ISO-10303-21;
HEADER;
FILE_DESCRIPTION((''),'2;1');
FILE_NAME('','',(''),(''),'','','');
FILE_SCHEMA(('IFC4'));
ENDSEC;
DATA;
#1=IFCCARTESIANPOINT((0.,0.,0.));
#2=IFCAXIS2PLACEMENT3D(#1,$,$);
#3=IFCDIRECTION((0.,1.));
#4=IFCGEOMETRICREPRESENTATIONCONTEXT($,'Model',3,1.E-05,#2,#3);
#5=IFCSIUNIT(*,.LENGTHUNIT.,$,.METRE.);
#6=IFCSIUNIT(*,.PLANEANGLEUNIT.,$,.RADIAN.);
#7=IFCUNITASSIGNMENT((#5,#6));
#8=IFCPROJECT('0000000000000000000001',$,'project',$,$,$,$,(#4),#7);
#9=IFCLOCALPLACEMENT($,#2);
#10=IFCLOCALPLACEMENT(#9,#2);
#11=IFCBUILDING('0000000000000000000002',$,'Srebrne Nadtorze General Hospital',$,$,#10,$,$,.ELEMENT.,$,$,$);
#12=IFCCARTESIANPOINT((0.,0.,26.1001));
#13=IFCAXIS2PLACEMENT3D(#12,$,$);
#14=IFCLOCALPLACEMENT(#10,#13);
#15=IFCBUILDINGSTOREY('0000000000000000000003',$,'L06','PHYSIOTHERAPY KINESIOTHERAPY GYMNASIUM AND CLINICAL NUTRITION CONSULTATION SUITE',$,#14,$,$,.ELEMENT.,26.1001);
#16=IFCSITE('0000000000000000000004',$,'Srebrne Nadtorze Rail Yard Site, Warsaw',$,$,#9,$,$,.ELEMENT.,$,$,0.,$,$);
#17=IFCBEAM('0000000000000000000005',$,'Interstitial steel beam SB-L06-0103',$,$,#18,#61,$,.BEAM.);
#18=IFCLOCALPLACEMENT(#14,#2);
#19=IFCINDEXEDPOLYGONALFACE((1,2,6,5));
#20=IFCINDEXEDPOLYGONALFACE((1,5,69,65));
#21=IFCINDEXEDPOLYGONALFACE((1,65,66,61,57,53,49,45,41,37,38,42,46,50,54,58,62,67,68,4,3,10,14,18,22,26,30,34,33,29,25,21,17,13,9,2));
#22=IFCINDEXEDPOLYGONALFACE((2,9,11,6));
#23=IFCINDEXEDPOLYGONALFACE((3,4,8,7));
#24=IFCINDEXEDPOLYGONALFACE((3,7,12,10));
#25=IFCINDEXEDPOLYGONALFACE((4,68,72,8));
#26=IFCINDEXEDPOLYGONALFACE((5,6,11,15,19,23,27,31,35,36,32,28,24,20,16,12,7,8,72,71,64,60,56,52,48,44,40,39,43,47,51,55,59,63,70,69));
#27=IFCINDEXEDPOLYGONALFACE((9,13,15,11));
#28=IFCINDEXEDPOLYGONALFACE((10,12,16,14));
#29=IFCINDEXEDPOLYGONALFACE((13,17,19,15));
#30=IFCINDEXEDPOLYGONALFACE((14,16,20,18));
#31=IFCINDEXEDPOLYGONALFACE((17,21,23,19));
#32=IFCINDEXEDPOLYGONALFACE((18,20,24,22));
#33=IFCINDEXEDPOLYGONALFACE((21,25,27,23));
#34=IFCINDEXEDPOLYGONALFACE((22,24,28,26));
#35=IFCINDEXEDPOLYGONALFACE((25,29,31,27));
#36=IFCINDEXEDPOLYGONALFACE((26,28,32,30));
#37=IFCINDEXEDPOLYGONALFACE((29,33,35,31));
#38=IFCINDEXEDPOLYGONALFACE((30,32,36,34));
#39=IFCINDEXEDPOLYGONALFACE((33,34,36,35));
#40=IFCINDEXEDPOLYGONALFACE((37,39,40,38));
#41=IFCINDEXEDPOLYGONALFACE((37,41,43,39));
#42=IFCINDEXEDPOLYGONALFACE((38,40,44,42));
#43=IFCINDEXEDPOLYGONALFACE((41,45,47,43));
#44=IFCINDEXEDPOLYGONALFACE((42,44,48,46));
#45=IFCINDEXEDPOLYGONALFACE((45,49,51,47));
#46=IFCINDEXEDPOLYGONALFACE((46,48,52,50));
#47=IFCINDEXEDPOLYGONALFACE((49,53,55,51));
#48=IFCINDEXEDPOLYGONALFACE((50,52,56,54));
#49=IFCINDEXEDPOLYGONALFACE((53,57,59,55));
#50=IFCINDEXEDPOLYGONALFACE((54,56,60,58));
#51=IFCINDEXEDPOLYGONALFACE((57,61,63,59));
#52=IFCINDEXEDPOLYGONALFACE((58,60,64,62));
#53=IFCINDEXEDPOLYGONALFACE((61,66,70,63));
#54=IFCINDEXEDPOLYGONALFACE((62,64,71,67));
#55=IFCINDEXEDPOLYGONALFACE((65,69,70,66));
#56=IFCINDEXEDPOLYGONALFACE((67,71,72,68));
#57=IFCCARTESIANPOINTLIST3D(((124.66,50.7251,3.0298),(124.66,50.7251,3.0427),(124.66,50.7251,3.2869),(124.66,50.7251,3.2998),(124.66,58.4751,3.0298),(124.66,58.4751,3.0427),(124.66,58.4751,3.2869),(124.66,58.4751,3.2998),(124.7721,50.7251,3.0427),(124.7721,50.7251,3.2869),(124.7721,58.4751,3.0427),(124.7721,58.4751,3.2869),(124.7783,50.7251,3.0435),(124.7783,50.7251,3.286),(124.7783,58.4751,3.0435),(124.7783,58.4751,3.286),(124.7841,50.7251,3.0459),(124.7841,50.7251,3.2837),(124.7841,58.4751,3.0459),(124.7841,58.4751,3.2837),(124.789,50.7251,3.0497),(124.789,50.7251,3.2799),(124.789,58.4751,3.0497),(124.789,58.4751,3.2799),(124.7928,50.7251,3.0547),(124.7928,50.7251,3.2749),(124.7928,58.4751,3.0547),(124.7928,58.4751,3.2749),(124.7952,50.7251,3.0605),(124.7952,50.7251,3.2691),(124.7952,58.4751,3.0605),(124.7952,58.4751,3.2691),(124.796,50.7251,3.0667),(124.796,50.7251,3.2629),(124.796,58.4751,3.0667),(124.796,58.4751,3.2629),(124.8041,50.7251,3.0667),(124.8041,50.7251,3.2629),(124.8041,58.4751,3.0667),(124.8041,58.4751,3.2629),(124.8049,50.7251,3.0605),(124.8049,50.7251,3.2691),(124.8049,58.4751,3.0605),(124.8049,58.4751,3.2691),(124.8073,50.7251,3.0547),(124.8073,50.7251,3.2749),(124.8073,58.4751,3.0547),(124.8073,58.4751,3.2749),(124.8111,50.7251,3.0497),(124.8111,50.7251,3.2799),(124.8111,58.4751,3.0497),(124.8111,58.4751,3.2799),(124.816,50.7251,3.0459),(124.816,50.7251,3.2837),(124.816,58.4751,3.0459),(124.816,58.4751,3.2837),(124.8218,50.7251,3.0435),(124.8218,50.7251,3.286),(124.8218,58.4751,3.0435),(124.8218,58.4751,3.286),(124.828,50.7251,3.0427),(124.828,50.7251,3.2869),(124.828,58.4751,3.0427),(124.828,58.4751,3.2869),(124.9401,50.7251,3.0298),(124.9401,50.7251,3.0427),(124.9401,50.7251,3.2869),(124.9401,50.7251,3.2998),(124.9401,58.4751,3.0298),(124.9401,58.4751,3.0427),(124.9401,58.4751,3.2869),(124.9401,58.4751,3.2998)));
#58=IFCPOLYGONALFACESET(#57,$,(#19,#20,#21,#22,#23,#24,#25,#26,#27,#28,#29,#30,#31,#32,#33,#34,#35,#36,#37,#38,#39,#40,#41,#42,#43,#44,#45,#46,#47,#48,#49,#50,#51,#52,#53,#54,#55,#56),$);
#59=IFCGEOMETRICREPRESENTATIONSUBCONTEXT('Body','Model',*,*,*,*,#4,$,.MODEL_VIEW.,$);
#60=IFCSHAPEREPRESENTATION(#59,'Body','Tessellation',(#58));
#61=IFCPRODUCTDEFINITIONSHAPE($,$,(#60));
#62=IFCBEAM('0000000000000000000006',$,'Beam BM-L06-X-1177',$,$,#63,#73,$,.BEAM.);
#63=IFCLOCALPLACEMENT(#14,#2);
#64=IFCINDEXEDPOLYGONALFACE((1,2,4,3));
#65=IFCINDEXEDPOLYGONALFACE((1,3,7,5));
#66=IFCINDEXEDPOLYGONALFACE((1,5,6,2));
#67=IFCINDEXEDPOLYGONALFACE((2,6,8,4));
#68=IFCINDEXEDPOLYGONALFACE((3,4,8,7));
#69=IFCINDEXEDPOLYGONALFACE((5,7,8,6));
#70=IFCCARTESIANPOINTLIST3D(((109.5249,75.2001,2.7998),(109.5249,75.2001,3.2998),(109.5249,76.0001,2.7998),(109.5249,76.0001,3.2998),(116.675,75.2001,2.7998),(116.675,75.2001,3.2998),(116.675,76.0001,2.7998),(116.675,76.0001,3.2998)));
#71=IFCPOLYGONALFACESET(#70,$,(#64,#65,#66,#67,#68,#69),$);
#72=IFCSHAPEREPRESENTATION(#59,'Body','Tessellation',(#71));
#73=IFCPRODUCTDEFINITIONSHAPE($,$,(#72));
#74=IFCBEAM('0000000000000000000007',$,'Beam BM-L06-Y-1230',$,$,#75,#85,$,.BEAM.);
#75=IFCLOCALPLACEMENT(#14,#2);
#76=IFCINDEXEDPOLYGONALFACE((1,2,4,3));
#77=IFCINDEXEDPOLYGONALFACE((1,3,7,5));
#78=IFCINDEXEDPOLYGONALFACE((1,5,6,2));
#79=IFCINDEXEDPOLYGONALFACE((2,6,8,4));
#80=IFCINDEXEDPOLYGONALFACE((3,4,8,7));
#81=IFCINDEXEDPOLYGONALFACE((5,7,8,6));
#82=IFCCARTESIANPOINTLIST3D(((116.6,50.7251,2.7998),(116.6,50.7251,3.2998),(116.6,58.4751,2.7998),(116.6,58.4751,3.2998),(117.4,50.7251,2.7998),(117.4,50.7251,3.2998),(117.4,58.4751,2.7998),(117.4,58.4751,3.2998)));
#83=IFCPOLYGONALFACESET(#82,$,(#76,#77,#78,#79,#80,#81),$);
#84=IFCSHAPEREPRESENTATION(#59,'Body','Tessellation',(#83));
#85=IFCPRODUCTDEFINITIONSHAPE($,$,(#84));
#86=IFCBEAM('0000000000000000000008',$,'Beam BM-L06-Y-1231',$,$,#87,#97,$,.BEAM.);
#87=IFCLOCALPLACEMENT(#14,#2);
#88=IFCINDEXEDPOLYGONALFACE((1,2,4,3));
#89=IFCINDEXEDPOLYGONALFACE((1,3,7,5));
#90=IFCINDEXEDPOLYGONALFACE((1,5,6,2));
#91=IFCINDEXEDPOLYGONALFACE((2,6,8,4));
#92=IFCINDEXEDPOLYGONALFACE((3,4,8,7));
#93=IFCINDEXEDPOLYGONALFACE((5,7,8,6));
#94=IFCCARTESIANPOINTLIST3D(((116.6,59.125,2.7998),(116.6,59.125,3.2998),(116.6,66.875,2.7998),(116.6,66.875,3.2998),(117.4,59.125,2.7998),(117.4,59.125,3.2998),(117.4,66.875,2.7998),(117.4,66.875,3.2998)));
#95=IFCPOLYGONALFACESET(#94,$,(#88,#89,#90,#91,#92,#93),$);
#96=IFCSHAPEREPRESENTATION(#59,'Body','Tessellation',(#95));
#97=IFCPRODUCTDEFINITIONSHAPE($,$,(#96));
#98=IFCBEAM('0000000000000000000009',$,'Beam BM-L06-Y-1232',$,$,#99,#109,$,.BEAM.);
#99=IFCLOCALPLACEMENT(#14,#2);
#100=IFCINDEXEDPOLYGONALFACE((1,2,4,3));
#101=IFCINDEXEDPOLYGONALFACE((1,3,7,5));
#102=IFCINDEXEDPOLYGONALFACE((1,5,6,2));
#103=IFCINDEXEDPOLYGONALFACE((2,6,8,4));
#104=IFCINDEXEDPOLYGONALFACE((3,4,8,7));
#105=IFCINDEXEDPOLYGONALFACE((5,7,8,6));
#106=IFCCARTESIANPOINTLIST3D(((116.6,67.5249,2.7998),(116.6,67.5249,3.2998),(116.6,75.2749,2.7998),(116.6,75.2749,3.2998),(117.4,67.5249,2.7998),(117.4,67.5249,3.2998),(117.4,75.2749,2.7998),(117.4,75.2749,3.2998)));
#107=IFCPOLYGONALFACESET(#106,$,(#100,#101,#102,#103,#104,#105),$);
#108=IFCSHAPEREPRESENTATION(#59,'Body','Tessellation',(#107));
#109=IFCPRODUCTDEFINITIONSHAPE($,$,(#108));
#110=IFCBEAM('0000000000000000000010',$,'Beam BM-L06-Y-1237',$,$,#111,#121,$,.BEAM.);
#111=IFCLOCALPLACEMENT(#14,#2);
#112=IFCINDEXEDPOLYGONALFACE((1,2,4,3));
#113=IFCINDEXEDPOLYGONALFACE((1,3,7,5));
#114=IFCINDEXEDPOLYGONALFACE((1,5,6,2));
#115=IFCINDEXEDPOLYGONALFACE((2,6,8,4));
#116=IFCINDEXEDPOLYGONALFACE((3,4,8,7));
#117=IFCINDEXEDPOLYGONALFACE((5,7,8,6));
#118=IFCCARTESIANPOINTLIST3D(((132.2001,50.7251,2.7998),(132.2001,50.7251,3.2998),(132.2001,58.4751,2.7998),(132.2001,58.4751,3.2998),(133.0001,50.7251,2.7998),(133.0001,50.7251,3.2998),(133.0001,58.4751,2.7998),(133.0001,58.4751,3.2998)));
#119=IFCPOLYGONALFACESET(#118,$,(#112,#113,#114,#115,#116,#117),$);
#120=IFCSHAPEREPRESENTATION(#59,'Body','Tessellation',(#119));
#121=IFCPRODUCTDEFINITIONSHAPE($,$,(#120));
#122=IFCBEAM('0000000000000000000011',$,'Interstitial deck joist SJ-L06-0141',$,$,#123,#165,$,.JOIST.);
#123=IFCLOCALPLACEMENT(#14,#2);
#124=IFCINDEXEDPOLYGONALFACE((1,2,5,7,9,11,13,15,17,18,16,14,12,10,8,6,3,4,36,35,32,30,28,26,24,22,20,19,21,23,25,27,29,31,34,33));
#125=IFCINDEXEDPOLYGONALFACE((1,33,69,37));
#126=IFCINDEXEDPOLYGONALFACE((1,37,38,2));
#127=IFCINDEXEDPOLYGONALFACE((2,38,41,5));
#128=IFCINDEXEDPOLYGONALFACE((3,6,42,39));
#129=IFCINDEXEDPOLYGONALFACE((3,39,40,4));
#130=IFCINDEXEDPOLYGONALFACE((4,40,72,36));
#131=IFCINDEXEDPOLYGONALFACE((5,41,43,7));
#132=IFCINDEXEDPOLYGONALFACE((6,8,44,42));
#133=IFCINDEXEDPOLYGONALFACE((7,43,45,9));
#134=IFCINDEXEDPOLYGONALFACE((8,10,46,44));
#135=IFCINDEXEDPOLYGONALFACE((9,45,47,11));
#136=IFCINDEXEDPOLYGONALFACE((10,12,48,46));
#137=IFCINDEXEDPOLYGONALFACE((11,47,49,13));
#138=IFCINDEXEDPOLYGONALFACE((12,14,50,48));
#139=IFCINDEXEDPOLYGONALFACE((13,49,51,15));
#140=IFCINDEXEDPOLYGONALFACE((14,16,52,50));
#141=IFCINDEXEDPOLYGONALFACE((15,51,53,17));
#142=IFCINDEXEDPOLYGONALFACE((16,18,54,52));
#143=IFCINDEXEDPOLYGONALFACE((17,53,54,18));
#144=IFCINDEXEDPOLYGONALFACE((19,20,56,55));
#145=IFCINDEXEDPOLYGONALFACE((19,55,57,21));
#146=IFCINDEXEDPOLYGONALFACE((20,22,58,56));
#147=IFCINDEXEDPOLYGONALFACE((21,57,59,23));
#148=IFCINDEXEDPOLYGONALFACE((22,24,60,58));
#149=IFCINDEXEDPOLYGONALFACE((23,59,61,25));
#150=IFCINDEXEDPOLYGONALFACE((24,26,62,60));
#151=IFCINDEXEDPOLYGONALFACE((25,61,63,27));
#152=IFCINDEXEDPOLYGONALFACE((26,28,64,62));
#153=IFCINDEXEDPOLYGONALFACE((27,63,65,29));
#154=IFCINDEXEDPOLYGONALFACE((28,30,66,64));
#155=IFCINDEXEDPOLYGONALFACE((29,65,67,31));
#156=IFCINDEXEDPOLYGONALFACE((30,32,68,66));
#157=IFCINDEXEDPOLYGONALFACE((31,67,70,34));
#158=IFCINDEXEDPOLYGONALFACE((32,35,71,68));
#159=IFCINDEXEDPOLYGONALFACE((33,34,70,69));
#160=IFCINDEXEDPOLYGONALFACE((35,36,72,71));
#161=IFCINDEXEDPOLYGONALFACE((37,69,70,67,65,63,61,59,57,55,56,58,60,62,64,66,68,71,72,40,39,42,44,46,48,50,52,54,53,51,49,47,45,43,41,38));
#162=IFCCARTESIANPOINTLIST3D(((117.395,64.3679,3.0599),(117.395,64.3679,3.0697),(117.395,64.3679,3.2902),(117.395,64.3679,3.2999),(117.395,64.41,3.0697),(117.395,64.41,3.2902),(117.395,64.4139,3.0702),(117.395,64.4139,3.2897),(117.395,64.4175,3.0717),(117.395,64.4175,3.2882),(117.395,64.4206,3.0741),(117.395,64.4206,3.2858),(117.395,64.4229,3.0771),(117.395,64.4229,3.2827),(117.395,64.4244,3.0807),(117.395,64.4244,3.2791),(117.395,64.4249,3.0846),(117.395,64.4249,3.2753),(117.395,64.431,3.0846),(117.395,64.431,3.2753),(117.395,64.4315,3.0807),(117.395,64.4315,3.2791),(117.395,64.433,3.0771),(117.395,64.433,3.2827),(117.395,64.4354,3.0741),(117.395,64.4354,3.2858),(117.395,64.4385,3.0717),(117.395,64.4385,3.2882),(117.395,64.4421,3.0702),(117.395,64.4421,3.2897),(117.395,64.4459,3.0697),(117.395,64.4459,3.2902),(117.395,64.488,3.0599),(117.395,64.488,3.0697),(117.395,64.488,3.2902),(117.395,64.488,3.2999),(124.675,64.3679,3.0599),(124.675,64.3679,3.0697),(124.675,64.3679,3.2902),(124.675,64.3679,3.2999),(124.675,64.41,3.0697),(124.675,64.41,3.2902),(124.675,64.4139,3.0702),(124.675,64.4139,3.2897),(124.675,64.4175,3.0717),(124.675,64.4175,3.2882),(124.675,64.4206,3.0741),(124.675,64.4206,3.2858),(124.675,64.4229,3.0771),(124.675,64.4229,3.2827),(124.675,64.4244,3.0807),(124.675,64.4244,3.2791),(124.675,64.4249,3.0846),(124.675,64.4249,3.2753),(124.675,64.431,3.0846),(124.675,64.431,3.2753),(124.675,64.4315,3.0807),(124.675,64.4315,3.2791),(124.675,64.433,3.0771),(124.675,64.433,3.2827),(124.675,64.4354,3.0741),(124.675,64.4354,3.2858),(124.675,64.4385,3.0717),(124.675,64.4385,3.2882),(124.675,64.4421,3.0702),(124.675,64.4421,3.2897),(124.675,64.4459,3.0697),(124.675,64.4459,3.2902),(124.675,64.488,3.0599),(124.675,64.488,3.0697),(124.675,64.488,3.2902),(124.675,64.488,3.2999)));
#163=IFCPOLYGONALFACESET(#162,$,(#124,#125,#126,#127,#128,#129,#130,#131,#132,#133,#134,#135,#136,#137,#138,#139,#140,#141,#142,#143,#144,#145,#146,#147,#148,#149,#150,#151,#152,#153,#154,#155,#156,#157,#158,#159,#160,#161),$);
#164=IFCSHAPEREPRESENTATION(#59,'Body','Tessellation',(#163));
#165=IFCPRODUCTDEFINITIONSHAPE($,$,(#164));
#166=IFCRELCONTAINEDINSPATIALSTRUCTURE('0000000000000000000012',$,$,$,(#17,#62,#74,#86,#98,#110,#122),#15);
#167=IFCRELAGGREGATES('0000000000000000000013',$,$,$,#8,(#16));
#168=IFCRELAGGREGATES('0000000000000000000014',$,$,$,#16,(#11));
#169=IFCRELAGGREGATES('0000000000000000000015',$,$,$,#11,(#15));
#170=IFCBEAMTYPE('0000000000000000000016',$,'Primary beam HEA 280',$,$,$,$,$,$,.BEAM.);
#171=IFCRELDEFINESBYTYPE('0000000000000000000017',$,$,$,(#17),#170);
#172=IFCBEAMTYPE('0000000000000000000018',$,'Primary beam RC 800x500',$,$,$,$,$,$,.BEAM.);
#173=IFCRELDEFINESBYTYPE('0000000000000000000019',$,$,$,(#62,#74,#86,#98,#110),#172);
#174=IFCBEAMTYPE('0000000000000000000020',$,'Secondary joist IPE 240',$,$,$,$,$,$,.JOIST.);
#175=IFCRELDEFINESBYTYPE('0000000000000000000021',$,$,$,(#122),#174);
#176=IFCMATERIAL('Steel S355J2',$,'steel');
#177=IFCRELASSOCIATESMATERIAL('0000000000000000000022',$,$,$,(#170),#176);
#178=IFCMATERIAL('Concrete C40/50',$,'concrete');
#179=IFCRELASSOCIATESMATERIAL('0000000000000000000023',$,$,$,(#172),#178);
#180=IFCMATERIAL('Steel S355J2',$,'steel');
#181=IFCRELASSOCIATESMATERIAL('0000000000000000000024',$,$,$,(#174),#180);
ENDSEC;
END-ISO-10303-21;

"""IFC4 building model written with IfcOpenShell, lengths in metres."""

from ifc_helpers import new_model, si_unit, direction, frame, origin, origin_2d, place, context, subcontext, project, spatial, rectangle, i_section, extrude, material, material_profile, profile_set, type_object, element, save


model = new_model("IFC4")

# Units and contexts
model_context = context("Model", 3, precision=1e-05, world=origin(), true_north=direction((0.0, 1.0)))
body_context = subcontext(model_context, "Body", "Model", "MODEL_VIEW")
ifc_project = project(units=[si_unit("LENGTHUNIT", "METRE"), si_unit("PLANEANGLEUNIT", "RADIAN")], contexts=[model_context])

# Site, building, storey
site_placement = place(None, origin())
site = spatial("IfcSite", under=ifc_project, at=site_placement, Name="Srebrne Nadtorze Rail Yard Site, Warsaw", CompositionType="ELEMENT", RefElevation=0.0)
building_placement = place(site_placement, origin())
building = spatial("IfcBuilding", under=site, at=building_placement, Name="Srebrne Nadtorze General Hospital", CompositionType="ELEMENT")
storey_placement = place(building_placement, frame((0.0, 0.0, 26.1001)))
storey = spatial("IfcBuildingStorey", under=building, at=storey_placement, Name="L06", Description="PHYSIOTHERAPY KINESIOTHERAPY GYMNASIUM AND CLINICAL NUTRITION CONSULTATION SUITE", CompositionType="ELEMENT", Elevation=26.1001)

# Beams
ifc_material_1 = material(Name="Steel S355J2", Category="steel")
ifc_material_profile_1 = material_profile(ifc_material_1, i_section(OverallWidth=0.28, OverallDepth=0.27, WebThickness=0.0081, FlangeThickness=0.0129, FilletRadius=0.0239, at=origin_2d()), Name="HEA-280")
ifc_profile_set_1 = profile_set([ifc_material_profile_1], Name="Steel S355J2")
beam_type_1 = type_object("IfcBeamType", Name="Primary beam HEA 280", PredefinedType="BEAM", material=ifc_profile_set_1)
beam_1_placement = place(storey_placement, frame((124.8, 50.7251, 3.1648), z_axis=(0.0, 1.0, 0.0), x_axis=(-1.0, 0.0, 0.0)))
element("IfcBeam", 1, at=beam_1_placement, inside=storey, type_object=beam_type_1, Name="Interstitial steel beam SB-L06-0103", PredefinedType="BEAM", context=body_context, shape_type="SweptSolid", body=[
    extrude(i_section(OverallWidth=0.28, OverallDepth=0.27, WebThickness=0.0081, FlangeThickness=0.0129, FilletRadius=0.0239, at=origin_2d()), origin(), (0.0, 0.0, 1.0), 7.75),
])
ifc_material_2 = material(Name="Concrete C40/50", Category="concrete")
ifc_material_profile_2 = material_profile(ifc_material_2, rectangle(XDim=0.8, YDim=0.5, at=origin_2d()), Name="RC-BM-800x500")
ifc_profile_set_2 = profile_set([ifc_material_profile_2], Name="Concrete C40/50")
beam_type_2 = type_object("IfcBeamType", Name="Primary beam RC 800x500", PredefinedType="BEAM", material=ifc_profile_set_2)
beam_2_placement = place(storey_placement, frame((109.5249, 75.6001, 3.0498), z_axis=(1.0, 0.0, 0.0), x_axis=(0.0, 1.0, 0.0)))
element("IfcBeam", 2, at=beam_2_placement, inside=storey, type_object=beam_type_2, Name="Beam BM-L06-X-1177", PredefinedType="BEAM", context=body_context, shape_type="SweptSolid", body=[
    extrude(rectangle(XDim=0.8, YDim=0.5, at=origin_2d()), origin(), (0.0, 0.0, 1.0), 7.1501),
])
for number, where, z_axis, x_axis, name in (
    (3, (117.0, 50.7251, 3.0498), (0.0, 1.0, 0.0), (-1.0, 0.0, 0.0), "Beam BM-L06-Y-1230"),
    (4, (117.0, 59.125, 3.0498), (0.0, 1.0, 0.0), (-1.0, 0.0, 0.0), "Beam BM-L06-Y-1231"),
    (5, (117.0, 67.5249, 3.0498), (0.0, 1.0, 0.0), (-1.0, 0.0, 0.0), "Beam BM-L06-Y-1232"),
    (6, (132.6001, 50.7251, 3.0498), (0.0, 1.0, 0.0), (-1.0, 0.0, 0.0), "Beam BM-L06-Y-1237"),
):
    element("IfcBeam", number, at=place(storey_placement, frame(where, z_axis=z_axis, x_axis=x_axis)), inside=storey, type_object=beam_type_2, Name=name, PredefinedType="BEAM", context=body_context, shape_type="SweptSolid", body=[
        extrude(rectangle(XDim=0.8, YDim=0.5, at=origin_2d()), origin(), (0.0, 0.0, 1.0), 7.75),
    ])
ifc_material_3 = material(Name="Steel S355J2", Category="steel")
ifc_material_profile_3 = material_profile(ifc_material_3, i_section(OverallWidth=0.1201, OverallDepth=0.24, WebThickness=0.0061, FlangeThickness=0.0098, FilletRadius=0.0149, at=origin_2d()), Name="IPE-240")
ifc_profile_set_3 = profile_set([ifc_material_profile_3], Name="Steel S355J2")
beam_type_3 = type_object("IfcBeamType", Name="Secondary joist IPE 240", PredefinedType="JOIST", material=ifc_profile_set_3)
beam_3_placement = place(storey_placement, frame((117.395, 64.428, 3.1799), z_axis=(1.0, 0.0, 0.0), x_axis=(0.0, 1.0, 0.0)))
element("IfcBeam", 7, at=beam_3_placement, inside=storey, type_object=beam_type_3, Name="Interstitial deck joist SJ-L06-0141", PredefinedType="JOIST", context=body_context, shape_type="SweptSolid", body=[
    extrude(i_section(OverallWidth=0.1201, OverallDepth=0.24, WebThickness=0.0061, FlangeThickness=0.0098, FilletRadius=0.0149, at=origin_2d()), origin(), (0.0, 0.0, 1.0), 7.28),
])

save(model, "model.ifc")
